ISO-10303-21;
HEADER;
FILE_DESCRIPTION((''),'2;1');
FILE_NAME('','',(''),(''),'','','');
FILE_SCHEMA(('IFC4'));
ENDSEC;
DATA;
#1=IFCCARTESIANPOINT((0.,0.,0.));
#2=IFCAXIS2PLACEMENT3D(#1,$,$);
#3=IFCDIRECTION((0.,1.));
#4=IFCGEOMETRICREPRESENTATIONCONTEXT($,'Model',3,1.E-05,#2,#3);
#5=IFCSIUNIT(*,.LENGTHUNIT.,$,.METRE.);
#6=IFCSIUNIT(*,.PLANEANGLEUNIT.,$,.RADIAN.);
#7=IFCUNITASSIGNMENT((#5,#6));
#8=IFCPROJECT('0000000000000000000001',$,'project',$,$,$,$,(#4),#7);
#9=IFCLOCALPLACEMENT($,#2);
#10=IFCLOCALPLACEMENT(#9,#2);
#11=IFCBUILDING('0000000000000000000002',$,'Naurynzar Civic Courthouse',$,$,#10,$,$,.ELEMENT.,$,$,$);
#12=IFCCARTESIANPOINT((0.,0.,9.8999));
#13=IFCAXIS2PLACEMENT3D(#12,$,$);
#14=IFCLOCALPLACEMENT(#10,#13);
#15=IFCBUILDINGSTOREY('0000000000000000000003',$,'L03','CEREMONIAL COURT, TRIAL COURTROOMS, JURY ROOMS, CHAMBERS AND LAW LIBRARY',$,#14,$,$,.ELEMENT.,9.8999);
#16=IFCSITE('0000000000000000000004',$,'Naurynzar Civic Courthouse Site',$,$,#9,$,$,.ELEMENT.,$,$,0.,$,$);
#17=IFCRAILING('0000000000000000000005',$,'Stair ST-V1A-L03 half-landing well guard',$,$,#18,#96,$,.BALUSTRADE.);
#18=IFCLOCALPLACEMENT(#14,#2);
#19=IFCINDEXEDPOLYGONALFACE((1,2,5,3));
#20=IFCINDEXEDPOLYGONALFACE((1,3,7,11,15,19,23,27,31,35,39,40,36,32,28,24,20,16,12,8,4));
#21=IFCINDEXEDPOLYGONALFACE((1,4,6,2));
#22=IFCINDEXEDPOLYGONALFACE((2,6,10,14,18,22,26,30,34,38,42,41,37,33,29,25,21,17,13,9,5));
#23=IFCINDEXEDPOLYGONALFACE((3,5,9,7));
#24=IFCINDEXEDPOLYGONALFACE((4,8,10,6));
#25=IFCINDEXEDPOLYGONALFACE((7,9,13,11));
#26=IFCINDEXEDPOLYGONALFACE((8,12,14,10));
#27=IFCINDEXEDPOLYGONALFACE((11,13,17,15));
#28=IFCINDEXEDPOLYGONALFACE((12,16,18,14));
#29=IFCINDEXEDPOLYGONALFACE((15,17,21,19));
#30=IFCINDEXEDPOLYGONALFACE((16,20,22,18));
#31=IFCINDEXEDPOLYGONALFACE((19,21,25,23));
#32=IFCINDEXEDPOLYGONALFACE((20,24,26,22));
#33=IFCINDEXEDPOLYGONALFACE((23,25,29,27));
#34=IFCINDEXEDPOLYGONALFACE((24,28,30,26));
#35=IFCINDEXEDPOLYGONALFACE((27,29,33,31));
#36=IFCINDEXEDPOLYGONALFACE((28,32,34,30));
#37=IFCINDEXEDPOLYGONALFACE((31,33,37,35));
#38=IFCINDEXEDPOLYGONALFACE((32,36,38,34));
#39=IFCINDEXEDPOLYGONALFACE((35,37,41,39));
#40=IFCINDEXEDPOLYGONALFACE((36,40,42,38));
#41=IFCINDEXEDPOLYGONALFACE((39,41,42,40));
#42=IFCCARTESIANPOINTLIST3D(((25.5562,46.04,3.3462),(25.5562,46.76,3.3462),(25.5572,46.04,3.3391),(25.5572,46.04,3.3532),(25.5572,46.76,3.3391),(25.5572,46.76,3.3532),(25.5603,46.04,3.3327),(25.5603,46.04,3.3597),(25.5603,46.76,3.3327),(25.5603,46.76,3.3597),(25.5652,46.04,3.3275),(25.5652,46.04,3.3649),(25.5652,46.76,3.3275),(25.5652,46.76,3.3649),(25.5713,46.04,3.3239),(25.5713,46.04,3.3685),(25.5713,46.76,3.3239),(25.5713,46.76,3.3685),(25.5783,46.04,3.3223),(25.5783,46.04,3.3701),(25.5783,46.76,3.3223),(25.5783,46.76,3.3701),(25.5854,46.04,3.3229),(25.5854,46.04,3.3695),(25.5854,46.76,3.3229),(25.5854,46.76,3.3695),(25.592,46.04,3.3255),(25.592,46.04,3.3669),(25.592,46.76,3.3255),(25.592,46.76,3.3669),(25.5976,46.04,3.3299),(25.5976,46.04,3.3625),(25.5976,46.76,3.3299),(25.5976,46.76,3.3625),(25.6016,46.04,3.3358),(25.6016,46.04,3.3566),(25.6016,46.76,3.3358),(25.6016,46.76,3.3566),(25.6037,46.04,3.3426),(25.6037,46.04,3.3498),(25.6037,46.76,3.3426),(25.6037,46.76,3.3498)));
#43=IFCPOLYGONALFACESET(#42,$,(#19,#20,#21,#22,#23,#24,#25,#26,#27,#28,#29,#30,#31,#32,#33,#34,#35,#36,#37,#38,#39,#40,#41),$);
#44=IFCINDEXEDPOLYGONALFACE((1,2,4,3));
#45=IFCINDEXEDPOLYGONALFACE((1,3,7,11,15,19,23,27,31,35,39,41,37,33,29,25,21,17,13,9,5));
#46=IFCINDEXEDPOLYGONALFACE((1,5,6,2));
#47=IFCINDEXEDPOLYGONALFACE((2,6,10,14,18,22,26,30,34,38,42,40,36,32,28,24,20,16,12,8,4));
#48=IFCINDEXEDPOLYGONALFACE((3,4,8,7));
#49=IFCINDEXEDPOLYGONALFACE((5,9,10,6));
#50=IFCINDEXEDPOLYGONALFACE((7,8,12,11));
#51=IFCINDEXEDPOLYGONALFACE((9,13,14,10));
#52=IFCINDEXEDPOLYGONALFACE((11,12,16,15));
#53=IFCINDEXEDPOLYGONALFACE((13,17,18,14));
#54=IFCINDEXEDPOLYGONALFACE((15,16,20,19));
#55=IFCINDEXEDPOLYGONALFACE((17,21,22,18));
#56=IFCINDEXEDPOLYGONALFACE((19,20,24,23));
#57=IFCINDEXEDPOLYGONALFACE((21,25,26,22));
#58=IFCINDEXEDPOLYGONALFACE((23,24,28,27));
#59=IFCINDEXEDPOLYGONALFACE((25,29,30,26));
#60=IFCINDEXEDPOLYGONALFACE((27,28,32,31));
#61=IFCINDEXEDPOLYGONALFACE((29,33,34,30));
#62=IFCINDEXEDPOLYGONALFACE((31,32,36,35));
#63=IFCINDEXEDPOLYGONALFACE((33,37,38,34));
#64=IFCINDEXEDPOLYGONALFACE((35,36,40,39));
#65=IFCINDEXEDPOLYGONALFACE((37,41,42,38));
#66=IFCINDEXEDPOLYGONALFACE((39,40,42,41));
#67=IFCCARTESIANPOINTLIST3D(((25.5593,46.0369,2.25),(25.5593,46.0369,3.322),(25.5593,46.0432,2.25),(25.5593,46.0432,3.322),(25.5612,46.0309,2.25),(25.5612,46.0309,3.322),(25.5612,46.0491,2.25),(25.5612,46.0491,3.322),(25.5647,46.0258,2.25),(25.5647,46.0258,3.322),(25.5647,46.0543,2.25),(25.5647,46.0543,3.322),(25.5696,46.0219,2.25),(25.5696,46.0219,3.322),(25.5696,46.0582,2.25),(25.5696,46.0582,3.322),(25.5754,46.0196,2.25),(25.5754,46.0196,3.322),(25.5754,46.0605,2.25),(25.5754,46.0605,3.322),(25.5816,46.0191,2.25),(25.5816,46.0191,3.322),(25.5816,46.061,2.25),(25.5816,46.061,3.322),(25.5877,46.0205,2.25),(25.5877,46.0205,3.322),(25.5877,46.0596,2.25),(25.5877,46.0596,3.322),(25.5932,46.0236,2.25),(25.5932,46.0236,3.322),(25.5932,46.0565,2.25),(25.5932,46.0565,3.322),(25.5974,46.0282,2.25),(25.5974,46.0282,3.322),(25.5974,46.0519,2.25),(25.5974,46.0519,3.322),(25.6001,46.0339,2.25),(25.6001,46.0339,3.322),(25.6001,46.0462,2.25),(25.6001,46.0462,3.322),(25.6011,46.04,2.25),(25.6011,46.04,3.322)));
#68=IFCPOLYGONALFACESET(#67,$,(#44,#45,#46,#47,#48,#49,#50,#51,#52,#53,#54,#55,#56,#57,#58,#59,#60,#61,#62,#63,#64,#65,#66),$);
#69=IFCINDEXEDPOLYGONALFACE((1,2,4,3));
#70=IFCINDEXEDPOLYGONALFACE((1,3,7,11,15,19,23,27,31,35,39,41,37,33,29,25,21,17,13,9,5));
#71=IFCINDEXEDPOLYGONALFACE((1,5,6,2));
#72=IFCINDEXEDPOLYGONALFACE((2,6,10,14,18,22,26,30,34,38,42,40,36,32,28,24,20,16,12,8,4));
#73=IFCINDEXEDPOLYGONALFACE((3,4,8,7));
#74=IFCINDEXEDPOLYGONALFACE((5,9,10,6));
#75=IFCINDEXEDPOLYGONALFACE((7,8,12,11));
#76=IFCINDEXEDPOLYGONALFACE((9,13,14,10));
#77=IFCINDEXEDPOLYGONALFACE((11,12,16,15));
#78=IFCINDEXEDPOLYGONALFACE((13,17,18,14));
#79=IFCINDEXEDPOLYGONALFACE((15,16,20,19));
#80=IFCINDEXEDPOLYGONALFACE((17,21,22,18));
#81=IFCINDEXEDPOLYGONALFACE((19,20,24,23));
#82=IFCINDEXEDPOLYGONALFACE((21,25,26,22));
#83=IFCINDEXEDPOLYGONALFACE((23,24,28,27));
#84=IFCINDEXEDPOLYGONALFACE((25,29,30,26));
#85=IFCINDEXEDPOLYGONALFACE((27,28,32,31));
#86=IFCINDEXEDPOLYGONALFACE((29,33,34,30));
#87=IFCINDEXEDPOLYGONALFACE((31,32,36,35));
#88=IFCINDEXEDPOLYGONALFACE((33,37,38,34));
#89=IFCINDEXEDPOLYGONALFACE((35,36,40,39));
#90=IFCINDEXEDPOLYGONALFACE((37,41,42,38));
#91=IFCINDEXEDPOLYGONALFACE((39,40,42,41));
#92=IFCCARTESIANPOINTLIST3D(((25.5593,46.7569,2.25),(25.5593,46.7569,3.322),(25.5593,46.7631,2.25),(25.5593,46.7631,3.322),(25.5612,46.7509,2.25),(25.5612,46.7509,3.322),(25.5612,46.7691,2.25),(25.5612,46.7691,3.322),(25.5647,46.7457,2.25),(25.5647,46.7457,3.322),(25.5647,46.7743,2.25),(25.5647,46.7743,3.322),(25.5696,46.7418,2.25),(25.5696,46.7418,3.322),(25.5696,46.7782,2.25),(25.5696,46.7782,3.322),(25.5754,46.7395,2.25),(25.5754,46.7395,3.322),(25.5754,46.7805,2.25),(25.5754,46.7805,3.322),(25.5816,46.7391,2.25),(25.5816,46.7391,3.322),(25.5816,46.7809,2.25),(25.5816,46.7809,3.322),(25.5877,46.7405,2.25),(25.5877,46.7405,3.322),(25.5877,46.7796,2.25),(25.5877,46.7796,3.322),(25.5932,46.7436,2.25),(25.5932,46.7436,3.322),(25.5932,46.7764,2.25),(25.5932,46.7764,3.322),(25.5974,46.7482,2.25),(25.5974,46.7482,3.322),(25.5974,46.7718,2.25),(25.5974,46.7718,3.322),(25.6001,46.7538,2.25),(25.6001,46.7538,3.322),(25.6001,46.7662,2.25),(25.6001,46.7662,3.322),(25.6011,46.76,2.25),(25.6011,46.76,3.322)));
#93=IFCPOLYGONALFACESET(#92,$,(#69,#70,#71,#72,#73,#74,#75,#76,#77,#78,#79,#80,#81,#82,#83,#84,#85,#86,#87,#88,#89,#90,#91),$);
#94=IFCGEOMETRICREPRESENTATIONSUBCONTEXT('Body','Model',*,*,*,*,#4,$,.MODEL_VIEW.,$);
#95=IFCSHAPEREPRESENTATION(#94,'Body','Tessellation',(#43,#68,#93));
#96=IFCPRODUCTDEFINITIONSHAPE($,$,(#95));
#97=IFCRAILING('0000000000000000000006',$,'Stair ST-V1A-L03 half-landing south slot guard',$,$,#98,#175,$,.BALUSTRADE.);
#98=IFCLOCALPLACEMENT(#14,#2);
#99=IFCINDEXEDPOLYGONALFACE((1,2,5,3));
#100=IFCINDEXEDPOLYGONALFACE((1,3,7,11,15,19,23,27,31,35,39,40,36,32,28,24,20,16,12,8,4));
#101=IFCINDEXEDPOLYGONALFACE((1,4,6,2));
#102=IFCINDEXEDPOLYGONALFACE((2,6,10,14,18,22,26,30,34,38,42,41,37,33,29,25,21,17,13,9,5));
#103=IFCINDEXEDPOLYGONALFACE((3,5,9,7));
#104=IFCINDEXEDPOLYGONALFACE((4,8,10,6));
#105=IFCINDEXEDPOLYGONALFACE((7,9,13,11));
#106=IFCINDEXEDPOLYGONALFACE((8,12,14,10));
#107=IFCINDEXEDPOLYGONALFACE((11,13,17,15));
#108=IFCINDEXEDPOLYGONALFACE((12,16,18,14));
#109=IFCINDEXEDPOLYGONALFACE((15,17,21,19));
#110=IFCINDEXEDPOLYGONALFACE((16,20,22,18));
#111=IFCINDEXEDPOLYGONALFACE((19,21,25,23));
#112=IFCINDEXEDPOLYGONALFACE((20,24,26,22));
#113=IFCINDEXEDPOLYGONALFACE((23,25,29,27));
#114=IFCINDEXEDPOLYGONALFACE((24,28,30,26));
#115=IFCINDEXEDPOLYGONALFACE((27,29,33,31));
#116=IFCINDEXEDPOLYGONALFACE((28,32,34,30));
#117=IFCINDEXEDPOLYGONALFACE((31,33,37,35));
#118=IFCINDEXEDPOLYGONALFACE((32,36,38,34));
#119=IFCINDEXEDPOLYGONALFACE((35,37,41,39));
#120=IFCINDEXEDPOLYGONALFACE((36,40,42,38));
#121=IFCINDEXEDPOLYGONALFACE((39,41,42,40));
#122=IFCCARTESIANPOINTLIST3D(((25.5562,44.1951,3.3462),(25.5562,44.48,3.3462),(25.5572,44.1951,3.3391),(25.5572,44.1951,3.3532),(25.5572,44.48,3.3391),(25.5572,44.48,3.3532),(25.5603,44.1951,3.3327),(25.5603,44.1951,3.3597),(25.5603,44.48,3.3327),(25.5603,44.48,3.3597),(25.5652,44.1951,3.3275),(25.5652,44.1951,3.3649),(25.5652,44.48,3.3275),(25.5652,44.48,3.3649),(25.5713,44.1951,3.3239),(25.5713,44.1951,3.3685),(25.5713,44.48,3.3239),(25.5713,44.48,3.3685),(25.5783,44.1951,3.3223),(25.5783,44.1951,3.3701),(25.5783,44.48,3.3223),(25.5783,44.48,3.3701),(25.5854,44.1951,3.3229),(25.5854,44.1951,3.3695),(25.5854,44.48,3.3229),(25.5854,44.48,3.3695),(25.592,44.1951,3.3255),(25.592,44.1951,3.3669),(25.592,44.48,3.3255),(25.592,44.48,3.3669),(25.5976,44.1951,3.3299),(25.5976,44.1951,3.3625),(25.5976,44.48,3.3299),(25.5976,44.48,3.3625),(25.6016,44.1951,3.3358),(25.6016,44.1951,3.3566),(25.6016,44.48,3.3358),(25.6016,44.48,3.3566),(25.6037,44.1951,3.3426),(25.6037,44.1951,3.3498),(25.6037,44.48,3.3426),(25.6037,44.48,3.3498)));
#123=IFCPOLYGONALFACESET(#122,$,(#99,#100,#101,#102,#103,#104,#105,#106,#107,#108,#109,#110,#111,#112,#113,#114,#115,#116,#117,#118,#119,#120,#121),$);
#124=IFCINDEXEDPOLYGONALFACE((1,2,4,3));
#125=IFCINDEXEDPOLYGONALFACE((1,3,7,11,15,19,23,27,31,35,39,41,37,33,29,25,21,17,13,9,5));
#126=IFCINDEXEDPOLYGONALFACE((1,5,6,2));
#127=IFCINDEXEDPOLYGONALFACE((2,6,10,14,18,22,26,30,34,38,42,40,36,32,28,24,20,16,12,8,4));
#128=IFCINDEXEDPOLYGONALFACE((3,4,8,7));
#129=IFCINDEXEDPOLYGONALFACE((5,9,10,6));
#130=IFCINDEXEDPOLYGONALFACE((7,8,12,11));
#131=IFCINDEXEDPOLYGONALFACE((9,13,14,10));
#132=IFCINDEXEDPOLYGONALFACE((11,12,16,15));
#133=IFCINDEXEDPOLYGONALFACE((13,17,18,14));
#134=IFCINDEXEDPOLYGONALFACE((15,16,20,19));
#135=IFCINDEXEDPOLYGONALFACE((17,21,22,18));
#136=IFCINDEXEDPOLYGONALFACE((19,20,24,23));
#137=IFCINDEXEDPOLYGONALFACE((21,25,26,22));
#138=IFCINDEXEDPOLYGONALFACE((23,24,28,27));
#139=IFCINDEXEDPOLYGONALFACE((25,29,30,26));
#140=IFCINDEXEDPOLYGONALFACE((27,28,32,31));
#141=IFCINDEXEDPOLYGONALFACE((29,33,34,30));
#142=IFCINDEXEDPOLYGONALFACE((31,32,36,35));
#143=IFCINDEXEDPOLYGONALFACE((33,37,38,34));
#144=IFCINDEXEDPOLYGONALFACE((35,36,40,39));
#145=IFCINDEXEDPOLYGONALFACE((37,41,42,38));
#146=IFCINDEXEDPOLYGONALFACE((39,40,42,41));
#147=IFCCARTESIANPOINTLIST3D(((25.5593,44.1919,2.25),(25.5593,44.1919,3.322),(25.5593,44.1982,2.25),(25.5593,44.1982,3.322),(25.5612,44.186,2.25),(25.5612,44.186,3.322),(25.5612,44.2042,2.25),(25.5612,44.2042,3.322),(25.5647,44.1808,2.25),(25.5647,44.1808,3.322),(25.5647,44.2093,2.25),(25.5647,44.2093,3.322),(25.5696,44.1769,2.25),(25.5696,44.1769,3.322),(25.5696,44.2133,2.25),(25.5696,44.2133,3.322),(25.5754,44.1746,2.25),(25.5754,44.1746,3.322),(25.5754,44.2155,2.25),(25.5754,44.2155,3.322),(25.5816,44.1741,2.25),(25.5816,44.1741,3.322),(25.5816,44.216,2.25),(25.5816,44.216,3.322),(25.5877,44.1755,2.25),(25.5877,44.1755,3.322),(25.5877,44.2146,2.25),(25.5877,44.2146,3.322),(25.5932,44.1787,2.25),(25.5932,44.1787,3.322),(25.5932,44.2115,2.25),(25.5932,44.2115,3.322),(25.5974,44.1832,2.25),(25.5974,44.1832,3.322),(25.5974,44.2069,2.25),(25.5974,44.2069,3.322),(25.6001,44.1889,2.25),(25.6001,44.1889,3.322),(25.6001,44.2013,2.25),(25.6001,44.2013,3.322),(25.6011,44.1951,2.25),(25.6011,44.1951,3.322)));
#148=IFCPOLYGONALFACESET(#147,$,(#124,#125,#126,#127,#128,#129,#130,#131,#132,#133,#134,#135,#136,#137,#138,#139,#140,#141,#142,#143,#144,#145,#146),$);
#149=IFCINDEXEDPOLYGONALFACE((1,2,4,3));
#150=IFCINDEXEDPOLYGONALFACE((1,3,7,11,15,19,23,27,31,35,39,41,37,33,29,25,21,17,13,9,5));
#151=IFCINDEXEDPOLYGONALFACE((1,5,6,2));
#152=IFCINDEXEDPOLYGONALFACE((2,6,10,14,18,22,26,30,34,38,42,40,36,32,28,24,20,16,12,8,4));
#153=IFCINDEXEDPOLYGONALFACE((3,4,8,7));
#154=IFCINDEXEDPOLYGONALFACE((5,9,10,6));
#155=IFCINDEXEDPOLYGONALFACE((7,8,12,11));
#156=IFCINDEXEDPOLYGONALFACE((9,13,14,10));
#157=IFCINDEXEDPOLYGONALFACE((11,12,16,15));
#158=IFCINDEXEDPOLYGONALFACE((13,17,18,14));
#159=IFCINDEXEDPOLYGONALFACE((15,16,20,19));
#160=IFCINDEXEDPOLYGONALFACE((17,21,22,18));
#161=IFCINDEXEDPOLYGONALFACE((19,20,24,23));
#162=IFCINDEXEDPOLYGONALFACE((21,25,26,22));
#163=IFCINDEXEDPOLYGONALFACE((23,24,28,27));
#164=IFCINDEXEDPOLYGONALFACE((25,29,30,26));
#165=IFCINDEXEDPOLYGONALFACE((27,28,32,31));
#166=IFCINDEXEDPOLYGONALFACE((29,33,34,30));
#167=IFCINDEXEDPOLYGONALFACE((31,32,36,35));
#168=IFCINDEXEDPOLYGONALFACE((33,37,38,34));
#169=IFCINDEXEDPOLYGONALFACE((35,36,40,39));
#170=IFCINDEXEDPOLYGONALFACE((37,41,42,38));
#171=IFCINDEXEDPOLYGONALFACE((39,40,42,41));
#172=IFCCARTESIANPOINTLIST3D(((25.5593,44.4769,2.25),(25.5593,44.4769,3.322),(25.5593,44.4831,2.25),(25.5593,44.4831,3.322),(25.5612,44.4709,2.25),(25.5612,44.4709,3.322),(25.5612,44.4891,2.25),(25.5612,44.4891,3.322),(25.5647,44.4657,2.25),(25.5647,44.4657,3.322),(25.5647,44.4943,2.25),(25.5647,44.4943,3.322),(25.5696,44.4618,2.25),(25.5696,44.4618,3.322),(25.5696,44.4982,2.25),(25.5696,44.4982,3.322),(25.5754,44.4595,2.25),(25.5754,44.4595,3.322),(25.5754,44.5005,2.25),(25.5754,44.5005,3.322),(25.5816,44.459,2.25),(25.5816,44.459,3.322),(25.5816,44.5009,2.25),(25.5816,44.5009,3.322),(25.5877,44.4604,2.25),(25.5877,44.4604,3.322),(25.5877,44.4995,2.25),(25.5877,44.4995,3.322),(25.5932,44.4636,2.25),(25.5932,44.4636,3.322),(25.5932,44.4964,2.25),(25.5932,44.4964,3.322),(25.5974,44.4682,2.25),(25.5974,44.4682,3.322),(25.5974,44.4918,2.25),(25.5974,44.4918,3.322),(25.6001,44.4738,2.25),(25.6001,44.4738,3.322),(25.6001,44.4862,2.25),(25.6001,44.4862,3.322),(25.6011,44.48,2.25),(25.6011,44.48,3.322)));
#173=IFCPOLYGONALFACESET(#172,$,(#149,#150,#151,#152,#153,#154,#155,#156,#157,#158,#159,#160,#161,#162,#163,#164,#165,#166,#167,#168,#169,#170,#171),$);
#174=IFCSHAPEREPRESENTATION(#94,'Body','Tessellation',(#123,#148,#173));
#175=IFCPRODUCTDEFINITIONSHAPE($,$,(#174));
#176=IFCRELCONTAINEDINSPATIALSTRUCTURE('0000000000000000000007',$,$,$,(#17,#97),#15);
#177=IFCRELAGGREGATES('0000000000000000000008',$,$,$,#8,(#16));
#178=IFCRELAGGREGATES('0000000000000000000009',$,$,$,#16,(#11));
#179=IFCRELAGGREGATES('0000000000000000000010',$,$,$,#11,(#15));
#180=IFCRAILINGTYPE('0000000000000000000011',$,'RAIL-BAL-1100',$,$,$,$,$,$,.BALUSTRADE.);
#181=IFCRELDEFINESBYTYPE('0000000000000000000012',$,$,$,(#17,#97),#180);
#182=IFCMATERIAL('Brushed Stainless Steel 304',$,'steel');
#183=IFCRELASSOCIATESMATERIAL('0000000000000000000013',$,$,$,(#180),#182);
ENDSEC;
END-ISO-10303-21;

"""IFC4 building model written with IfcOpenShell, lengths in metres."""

from ifc_helpers import new_model, si_unit, direction, frame, origin, origin_2d, place, context, subcontext, project, spatial, circle, extrude, material, type_object, element, save


model = new_model("IFC4")

# Units and contexts
model_context = context("Model", 3, precision=1e-05, world=origin(), true_north=direction((0.0, 1.0)))
body_context = subcontext(model_context, "Body", "Model", "MODEL_VIEW")
ifc_project = project(units=[si_unit("LENGTHUNIT", "METRE"), si_unit("PLANEANGLEUNIT", "RADIAN")], contexts=[model_context])

# Site, building, storey
site_placement = place(None, origin())
site = spatial("IfcSite", under=ifc_project, at=site_placement, Name="Naurynzar Civic Courthouse Site", CompositionType="ELEMENT", RefElevation=0.0)
building_placement = place(site_placement, origin())
building = spatial("IfcBuilding", under=site, at=building_placement, Name="Naurynzar Civic Courthouse", CompositionType="ELEMENT")
storey_placement = place(building_placement, frame((0.0, 0.0, 9.8999)))
storey = spatial("IfcBuildingStorey", under=building, at=storey_placement, Name="L03", Description="CEREMONIAL COURT, TRIAL COURTROOMS, JURY ROOMS, CHAMBERS AND LAW LIBRARY", CompositionType="ELEMENT", Elevation=9.8999)

# Railings
ifc_material_1 = material(Name="Brushed Stainless Steel 304", Category="steel")
railing_type_1 = type_object("IfcRailingType", Name="RAIL-BAL-1100", PredefinedType="BALUSTRADE", material=ifc_material_1)
for number, where, name in (
    (1, (25.5801, 46.04, 2.25), "Stair ST-V1A-L03 half-landing well guard"),
):
    element("IfcRailing", number, at=place(storey_placement, frame(where)), inside=storey, type_object=railing_type_1, Name=name, PredefinedType="BALUSTRADE", context=body_context, shape_type="SweptSolid", body=[
        extrude(circle(Radius=0.0239, at=origin_2d()), frame((0.0, 0.0, 1.0962), z_axis=(0.0, 1.0, 0.0), x_axis=(-1.0, 0.0, 0.0)), (0.0, 0.0, 1.0), 0.72),
        extrude(circle(Radius=0.021, at=origin_2d()), origin(), (0.0, 0.0, 1.0), 1.072),
        extrude(circle(Radius=0.021, at=origin_2d()), frame((0.0, 0.72, 0.0)), (0.0, 0.0, 1.0), 1.072),
    ])
railing_1_placement = place(storey_placement, frame((25.5801, 44.1951, 2.25)))
element("IfcRailing", 2, at=railing_1_placement, inside=storey, type_object=railing_type_1, Name="Stair ST-V1A-L03 half-landing south slot guard", PredefinedType="BALUSTRADE", context=body_context, shape_type="SweptSolid", body=[
    extrude(circle(Radius=0.0239, at=origin_2d()), frame((0.0, 0.0, 1.0962), z_axis=(0.0, 1.0, 0.0), x_axis=(-1.0, 0.0, 0.0)), (0.0, 0.0, 1.0), 0.2849),
    extrude(circle(Radius=0.021, at=origin_2d()), origin(), (0.0, 0.0, 1.0), 1.072),
    extrude(circle(Radius=0.021, at=origin_2d()), frame((0.0, 0.2849, 0.0)), (0.0, 0.0, 1.0), 1.072),
])

save(model, "model.ifc")
